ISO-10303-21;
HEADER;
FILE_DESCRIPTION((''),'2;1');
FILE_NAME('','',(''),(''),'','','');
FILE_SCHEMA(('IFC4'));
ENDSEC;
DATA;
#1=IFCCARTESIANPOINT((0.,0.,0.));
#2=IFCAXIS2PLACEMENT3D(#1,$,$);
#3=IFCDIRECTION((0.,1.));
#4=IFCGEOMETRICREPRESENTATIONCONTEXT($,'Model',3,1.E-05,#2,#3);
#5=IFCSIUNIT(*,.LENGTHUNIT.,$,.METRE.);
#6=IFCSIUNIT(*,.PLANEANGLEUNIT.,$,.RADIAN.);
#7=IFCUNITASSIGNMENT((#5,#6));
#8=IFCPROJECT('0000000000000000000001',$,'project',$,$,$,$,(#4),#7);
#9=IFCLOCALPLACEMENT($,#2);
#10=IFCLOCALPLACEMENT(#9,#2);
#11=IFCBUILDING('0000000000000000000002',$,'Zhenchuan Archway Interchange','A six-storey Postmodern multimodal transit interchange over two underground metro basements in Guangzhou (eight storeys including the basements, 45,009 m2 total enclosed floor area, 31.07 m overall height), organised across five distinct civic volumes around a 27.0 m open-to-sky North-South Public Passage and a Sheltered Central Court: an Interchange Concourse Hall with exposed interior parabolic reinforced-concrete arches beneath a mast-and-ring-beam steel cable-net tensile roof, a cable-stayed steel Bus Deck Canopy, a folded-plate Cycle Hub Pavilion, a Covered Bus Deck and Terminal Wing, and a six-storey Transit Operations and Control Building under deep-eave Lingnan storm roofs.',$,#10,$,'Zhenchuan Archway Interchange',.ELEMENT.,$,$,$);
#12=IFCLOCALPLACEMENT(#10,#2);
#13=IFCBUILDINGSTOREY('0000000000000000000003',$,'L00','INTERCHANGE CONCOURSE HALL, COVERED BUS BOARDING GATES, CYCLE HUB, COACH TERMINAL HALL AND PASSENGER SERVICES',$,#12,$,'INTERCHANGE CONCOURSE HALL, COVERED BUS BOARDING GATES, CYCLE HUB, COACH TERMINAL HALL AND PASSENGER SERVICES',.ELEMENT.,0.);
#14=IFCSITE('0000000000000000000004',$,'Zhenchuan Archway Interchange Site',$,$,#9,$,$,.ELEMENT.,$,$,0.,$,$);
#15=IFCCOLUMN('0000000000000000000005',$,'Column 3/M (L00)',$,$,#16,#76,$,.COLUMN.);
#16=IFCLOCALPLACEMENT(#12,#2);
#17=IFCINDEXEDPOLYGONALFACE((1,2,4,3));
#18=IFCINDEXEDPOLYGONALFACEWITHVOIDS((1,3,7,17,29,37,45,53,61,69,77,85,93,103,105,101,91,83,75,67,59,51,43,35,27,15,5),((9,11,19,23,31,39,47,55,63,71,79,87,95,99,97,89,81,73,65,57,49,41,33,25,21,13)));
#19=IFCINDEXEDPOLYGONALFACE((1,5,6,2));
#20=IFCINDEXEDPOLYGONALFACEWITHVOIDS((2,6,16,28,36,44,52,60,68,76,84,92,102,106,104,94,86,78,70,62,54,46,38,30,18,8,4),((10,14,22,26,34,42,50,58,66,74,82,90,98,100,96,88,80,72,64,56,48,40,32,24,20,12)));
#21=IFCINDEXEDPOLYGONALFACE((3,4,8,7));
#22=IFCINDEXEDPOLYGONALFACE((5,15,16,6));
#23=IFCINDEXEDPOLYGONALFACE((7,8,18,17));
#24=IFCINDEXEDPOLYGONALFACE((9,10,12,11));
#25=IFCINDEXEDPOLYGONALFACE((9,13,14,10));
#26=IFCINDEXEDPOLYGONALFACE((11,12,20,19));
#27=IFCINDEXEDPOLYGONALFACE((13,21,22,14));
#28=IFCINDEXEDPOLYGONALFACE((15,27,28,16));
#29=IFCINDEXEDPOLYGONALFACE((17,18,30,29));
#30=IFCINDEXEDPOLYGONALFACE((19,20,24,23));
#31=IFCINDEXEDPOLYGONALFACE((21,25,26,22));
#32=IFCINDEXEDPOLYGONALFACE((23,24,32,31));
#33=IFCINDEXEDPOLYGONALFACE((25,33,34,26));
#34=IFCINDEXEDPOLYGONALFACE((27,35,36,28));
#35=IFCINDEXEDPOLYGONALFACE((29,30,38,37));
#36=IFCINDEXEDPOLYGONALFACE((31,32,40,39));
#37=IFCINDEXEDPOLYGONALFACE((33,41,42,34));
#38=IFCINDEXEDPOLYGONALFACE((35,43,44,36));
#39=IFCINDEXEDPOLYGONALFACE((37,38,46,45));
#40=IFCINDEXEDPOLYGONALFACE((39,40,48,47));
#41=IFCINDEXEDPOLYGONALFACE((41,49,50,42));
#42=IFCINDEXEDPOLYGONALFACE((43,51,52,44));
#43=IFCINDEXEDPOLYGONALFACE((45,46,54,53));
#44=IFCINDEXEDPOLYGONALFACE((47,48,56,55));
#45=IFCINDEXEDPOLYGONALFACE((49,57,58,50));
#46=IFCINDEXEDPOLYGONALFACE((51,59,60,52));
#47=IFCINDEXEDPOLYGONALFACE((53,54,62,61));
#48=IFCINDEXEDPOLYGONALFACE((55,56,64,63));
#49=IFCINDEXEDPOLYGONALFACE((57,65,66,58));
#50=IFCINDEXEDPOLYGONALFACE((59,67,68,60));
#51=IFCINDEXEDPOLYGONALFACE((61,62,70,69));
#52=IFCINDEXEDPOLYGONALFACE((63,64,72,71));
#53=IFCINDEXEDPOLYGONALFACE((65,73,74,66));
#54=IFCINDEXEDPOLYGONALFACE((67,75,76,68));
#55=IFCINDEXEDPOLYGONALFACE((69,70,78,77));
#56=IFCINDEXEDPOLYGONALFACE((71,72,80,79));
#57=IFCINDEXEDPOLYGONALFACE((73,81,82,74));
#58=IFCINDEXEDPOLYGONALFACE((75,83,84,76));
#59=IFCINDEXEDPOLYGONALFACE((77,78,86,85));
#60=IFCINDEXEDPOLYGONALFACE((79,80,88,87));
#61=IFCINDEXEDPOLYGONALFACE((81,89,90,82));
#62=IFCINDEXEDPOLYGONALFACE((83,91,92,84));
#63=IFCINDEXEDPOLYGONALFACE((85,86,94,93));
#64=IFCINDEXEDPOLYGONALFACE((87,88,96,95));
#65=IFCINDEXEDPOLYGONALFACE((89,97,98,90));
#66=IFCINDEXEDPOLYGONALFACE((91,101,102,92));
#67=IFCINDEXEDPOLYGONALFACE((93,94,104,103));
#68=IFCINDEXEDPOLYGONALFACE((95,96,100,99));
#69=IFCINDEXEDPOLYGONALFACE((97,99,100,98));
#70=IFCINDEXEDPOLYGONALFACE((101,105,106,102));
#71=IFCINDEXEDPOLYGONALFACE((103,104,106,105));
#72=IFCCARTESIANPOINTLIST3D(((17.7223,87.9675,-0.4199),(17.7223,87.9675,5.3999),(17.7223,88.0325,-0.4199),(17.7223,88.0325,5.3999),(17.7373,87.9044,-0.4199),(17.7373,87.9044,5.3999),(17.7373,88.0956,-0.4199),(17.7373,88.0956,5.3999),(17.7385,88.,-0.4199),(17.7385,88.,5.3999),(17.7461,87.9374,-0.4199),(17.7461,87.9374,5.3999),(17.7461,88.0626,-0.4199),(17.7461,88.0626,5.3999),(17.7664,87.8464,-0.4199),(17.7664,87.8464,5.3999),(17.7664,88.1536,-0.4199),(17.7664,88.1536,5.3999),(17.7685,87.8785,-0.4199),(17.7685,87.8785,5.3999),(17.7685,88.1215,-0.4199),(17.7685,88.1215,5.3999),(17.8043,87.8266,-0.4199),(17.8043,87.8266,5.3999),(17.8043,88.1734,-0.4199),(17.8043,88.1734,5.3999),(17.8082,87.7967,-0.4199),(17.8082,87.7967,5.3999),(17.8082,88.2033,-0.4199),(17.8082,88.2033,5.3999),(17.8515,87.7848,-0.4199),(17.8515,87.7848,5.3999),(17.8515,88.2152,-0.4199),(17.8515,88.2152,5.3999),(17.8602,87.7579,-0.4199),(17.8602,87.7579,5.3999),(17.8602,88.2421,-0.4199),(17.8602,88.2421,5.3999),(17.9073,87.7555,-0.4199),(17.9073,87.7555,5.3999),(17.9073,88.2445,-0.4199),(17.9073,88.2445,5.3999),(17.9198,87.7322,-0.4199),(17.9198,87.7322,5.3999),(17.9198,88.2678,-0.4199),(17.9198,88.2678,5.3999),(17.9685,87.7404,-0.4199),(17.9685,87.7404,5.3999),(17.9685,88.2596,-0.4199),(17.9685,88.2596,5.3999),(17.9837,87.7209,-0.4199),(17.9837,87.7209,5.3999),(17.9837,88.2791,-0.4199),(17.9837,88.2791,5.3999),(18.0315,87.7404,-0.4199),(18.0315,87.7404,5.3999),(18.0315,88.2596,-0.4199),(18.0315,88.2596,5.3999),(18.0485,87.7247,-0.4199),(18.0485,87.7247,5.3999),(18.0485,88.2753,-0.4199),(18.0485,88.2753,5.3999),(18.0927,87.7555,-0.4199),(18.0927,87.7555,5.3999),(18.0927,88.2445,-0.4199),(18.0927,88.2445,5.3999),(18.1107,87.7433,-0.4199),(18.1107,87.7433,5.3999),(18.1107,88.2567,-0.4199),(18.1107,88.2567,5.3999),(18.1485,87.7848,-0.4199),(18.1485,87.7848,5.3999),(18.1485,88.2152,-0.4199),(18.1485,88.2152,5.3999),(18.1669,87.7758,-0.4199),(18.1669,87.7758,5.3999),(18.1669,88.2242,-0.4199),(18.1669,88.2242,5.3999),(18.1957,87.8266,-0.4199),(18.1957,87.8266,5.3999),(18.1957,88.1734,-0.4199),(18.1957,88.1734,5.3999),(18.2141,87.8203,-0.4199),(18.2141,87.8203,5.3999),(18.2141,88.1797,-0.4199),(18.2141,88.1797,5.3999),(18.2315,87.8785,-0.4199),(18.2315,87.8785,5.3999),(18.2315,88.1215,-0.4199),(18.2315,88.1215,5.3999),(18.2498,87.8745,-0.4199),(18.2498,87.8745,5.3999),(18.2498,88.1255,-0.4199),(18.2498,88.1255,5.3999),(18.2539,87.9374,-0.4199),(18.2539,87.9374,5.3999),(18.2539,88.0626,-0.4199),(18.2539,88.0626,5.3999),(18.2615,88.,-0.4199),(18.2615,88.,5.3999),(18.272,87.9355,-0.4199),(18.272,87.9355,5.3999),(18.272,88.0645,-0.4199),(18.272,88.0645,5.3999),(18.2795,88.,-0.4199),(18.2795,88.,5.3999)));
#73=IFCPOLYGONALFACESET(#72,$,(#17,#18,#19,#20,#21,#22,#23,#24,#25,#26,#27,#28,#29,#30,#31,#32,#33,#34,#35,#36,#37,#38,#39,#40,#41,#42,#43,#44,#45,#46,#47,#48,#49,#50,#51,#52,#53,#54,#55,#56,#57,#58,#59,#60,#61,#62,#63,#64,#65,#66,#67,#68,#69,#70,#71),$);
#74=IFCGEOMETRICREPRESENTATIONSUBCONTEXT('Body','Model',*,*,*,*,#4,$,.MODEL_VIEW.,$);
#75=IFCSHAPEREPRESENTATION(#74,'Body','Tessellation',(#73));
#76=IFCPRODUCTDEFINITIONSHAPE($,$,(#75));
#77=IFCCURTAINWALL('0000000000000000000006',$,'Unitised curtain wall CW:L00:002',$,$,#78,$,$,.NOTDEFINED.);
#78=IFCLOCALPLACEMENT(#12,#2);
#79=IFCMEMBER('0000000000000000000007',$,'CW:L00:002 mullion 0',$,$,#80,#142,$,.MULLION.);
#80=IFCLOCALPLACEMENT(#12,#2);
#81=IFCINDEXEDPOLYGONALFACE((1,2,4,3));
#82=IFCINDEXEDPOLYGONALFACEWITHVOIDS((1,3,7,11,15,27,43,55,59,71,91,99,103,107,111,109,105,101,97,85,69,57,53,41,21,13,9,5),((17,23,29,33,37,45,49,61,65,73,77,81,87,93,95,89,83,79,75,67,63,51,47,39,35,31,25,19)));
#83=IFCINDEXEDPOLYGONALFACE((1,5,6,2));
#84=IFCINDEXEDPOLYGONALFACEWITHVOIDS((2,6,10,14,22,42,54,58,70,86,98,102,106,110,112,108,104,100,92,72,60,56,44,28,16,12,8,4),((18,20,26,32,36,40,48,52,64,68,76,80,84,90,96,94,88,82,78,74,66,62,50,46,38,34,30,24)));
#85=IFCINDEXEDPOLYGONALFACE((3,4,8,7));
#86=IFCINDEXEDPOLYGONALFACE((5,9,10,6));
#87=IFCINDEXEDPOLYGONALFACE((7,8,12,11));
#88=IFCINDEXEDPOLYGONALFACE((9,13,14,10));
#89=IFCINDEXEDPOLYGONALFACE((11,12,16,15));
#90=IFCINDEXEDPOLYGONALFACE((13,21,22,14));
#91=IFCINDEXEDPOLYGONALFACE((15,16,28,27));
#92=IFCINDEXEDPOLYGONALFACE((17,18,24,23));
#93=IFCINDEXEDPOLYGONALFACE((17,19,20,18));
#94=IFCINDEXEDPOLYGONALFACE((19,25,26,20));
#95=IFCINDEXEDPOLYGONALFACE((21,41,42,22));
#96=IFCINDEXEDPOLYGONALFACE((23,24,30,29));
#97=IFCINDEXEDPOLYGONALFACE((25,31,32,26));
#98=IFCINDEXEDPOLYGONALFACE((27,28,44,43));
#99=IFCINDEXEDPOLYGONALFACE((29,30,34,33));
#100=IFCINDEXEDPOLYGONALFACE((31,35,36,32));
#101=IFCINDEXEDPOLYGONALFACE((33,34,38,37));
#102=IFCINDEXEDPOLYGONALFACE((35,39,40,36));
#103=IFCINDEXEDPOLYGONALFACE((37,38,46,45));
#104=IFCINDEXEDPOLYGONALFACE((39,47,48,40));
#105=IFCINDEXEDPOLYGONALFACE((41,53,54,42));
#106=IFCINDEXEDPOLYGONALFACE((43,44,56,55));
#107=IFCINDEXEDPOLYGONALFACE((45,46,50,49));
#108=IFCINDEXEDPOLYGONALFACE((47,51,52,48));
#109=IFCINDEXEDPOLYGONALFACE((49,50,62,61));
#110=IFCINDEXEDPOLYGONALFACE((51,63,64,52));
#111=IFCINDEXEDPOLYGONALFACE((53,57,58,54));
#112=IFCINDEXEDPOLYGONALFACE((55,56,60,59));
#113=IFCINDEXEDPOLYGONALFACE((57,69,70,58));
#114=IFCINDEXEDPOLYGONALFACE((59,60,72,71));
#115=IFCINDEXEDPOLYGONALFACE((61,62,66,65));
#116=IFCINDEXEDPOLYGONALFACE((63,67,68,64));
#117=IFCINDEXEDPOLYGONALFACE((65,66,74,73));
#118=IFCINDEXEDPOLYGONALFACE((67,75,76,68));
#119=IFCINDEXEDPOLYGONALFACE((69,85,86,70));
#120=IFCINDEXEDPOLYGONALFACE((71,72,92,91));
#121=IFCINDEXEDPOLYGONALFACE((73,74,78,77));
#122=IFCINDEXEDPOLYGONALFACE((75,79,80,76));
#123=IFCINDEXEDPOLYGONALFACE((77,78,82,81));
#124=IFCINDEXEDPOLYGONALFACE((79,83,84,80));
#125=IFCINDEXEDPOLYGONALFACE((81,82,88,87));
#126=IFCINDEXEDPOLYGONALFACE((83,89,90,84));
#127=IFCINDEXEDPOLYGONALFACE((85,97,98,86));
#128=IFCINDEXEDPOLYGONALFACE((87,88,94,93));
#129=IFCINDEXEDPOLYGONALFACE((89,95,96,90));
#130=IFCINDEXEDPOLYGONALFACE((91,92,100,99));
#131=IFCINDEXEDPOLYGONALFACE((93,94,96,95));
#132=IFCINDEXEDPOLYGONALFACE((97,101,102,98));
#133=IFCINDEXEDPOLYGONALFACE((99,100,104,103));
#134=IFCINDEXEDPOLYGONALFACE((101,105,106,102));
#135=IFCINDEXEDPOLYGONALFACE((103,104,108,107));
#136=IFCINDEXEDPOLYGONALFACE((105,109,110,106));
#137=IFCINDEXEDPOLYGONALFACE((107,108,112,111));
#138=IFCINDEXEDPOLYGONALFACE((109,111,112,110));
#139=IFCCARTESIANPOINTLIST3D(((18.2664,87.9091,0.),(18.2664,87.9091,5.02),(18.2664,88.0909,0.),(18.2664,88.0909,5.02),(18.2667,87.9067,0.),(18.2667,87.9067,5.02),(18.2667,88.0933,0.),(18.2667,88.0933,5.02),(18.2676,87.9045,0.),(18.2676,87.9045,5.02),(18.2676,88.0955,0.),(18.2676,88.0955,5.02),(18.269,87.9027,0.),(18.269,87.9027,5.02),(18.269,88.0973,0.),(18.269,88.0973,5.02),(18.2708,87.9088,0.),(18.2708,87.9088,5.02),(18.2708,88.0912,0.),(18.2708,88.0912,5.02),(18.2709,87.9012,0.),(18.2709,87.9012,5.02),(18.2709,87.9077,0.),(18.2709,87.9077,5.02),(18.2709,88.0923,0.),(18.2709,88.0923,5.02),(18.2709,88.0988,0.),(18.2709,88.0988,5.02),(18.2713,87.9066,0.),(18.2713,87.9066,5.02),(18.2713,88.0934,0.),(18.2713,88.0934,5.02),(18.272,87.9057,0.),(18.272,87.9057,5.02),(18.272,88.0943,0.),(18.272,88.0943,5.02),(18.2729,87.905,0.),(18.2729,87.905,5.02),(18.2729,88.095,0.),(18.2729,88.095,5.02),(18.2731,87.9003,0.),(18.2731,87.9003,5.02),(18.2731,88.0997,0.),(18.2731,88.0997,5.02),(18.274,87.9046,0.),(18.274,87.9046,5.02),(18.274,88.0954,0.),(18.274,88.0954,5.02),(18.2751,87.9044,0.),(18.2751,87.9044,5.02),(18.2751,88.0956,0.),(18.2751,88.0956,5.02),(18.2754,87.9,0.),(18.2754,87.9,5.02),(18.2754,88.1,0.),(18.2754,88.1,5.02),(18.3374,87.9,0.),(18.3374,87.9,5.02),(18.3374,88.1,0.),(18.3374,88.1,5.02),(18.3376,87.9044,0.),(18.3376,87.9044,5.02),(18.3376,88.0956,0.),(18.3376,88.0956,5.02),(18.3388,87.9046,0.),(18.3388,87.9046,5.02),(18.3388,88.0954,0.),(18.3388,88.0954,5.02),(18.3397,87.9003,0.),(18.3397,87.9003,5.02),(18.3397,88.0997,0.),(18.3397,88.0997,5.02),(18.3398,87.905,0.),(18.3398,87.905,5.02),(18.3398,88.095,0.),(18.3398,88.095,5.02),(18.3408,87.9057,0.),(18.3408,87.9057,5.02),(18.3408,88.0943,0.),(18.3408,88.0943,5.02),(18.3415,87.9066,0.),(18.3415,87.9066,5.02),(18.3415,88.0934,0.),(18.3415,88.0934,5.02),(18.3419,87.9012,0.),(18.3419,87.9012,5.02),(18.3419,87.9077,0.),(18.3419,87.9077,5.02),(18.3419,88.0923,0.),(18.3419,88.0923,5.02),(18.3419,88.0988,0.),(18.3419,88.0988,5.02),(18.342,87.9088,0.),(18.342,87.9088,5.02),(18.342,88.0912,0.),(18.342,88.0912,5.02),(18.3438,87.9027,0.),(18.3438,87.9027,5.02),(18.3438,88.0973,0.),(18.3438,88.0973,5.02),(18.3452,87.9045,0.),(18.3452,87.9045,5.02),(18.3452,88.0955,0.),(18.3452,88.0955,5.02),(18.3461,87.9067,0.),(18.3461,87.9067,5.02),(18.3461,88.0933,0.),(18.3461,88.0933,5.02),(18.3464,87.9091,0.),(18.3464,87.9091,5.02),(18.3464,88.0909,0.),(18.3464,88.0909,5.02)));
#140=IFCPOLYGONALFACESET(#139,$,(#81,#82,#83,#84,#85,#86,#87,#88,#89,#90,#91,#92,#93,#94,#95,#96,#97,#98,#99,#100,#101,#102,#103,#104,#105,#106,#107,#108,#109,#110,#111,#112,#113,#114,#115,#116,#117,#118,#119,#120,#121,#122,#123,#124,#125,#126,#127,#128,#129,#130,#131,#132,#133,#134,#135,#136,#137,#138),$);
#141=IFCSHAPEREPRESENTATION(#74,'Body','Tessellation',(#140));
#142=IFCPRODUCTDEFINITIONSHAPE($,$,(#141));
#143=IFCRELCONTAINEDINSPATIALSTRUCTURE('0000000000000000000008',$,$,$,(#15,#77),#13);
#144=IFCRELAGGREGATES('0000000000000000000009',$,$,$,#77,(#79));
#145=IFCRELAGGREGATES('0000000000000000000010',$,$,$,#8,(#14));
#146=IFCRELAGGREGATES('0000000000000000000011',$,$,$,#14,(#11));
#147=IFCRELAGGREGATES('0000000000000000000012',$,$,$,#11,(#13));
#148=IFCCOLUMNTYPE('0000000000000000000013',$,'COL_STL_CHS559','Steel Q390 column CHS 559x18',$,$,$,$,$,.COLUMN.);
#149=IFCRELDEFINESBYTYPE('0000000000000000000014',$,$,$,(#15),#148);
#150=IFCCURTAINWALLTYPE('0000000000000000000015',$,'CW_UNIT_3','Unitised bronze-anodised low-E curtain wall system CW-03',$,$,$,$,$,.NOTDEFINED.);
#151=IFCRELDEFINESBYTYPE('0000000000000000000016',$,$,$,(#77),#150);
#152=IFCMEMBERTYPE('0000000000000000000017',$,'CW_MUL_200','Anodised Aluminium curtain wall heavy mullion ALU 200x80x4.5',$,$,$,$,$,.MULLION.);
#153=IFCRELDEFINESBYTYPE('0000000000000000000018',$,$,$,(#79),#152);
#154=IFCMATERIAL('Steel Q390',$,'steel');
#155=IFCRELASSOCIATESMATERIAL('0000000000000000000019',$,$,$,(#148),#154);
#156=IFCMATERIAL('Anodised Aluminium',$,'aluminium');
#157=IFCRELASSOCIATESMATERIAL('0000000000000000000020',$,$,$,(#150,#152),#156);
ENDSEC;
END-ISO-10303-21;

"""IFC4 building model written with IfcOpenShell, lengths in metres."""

from ifc_helpers import new_model, si_unit, direction, frame, origin, origin_2d, place, context, subcontext, project, spatial, hollow_rectangle, hollow_circle, extrude, material, material_profile, profile_set, type_object, element, aggregate, save


model = new_model("IFC4")

# Units and contexts
model_context = context("Model", 3, precision=1e-05, world=origin(), true_north=direction((0.0, 1.0)))
body_context = subcontext(model_context, "Body", "Model", "MODEL_VIEW")
ifc_project = project(units=[si_unit("LENGTHUNIT", "METRE"), si_unit("PLANEANGLEUNIT", "RADIAN")], contexts=[model_context])

# Site, building, storey
site_placement = place(None, origin())
site = spatial("IfcSite", under=ifc_project, at=site_placement, Name="Zhenchuan Archway Interchange Site", CompositionType="ELEMENT", RefElevation=0.0)
building_placement = place(site_placement, origin())
building = spatial("IfcBuilding", under=site, at=building_placement, Name="Zhenchuan Archway Interchange", Description="A six-storey Postmodern multimodal transit interchange over two underground metro basements in Guangzhou (eight storeys including the basements, 45,009 m2 total enclosed floor area, 31.07 m overall height), organised across five distinct civic volumes around a 27.0 m open-to-sky North-South Public Passage and a Sheltered Central Court: an Interchange Concourse Hall with exposed interior parabolic reinforced-concrete arches beneath a mast-and-ring-beam steel cable-net tensile roof, a cable-stayed steel Bus Deck Canopy, a folded-plate Cycle Hub Pavilion, a Covered Bus Deck and Terminal Wing, and a six-storey Transit Operations and Control Building under deep-eave Lingnan storm roofs.", LongName="Zhenchuan Archway Interchange", CompositionType="ELEMENT")
storey_placement = place(building_placement, origin())
storey = spatial("IfcBuildingStorey", under=building, at=storey_placement, Name="L00", Description="INTERCHANGE CONCOURSE HALL, COVERED BUS BOARDING GATES, CYCLE HUB, COACH TERMINAL HALL AND PASSENGER SERVICES", LongName="INTERCHANGE CONCOURSE HALL, COVERED BUS BOARDING GATES, CYCLE HUB, COACH TERMINAL HALL AND PASSENGER SERVICES", CompositionType="ELEMENT", Elevation=0.0)

# Column
ifc_material_1 = material(Name="Steel Q390", Category="steel")
ifc_material_profile_1 = material_profile(ifc_material_1, hollow_circle(Radius=0.2795, WallThickness=0.0181, at=origin_2d()), Name="CHS 559x18")
ifc_profile_set_1 = profile_set([ifc_material_profile_1], Name="Steel Q390")
column_type_1 = type_object("IfcColumnType", Name="COL_STL_CHS559", Description="Steel Q390 column CHS 559x18", PredefinedType="COLUMN", material=ifc_profile_set_1)
column_1_placement = place(storey_placement, frame((18.0, 88.0, -0.4199), z_axis=(0.0, 0.0, 1.0), x_axis=(1.0, 0.0, 0.0)))
element("IfcColumn", 1, at=column_1_placement, inside=storey, type_object=column_type_1, Name="Column 3/M (L00)", PredefinedType="COLUMN", context=body_context, shape_type="SweptSolid", body=[
    extrude(hollow_circle(Radius=0.2795, WallThickness=0.0181, at=origin_2d()), origin(), (0.0, 0.0, 1.0), 5.8198),
])

# Curtain wall, member
ifc_material_2 = material(Name="Anodised Aluminium", Category="aluminium")
curtain_wall_type = type_object("IfcCurtainWallType", Name="CW_UNIT_3", Description="Unitised bronze-anodised low-E curtain wall system CW-03", PredefinedType="NOTDEFINED", material=ifc_material_2)
curtain_wall_placement = place(storey_placement, origin())
curtain_wall = element("IfcCurtainWall", 2, at=curtain_wall_placement, inside=storey, type_object=curtain_wall_type, Name="Unitised curtain wall CW:L00:002", PredefinedType="NOTDEFINED")
ifc_material_profile_2 = material_profile(ifc_material_2, hollow_rectangle(XDim=0.0801, YDim=0.2, WallThickness=0.0044, InnerFilletRadius=0.0044, OuterFilletRadius=0.009, at=origin_2d()), Name="ALU 200x80x4.5")
ifc_profile_set_2 = profile_set([ifc_material_profile_2], Name="Anodised Aluminium")
member_type_1 = type_object("IfcMemberType", Name="CW_MUL_200", Description="Anodised Aluminium curtain wall heavy mullion ALU 200x80x4.5", PredefinedType="MULLION", material=ifc_profile_set_2)
member_1_placement = place(storey_placement, frame((18.3064, 88.0, 0.0), z_axis=(0.0, 0.0, 1.0), x_axis=(1.0, 0.0, 0.0)))
member_1 = element("IfcMember", 3, at=member_1_placement, type_object=member_type_1, Name="CW:L00:002 mullion 0", PredefinedType="MULLION", context=body_context, shape_type="SweptSolid", body=[
    extrude(hollow_rectangle(XDim=0.0801, YDim=0.2, WallThickness=0.0044, InnerFilletRadius=0.0044, OuterFilletRadius=0.009, at=origin_2d()), origin(), (0.0, 0.0, 1.0), 5.02),
])

aggregate(curtain_wall, [member_1])

save(model, "model.ifc")
